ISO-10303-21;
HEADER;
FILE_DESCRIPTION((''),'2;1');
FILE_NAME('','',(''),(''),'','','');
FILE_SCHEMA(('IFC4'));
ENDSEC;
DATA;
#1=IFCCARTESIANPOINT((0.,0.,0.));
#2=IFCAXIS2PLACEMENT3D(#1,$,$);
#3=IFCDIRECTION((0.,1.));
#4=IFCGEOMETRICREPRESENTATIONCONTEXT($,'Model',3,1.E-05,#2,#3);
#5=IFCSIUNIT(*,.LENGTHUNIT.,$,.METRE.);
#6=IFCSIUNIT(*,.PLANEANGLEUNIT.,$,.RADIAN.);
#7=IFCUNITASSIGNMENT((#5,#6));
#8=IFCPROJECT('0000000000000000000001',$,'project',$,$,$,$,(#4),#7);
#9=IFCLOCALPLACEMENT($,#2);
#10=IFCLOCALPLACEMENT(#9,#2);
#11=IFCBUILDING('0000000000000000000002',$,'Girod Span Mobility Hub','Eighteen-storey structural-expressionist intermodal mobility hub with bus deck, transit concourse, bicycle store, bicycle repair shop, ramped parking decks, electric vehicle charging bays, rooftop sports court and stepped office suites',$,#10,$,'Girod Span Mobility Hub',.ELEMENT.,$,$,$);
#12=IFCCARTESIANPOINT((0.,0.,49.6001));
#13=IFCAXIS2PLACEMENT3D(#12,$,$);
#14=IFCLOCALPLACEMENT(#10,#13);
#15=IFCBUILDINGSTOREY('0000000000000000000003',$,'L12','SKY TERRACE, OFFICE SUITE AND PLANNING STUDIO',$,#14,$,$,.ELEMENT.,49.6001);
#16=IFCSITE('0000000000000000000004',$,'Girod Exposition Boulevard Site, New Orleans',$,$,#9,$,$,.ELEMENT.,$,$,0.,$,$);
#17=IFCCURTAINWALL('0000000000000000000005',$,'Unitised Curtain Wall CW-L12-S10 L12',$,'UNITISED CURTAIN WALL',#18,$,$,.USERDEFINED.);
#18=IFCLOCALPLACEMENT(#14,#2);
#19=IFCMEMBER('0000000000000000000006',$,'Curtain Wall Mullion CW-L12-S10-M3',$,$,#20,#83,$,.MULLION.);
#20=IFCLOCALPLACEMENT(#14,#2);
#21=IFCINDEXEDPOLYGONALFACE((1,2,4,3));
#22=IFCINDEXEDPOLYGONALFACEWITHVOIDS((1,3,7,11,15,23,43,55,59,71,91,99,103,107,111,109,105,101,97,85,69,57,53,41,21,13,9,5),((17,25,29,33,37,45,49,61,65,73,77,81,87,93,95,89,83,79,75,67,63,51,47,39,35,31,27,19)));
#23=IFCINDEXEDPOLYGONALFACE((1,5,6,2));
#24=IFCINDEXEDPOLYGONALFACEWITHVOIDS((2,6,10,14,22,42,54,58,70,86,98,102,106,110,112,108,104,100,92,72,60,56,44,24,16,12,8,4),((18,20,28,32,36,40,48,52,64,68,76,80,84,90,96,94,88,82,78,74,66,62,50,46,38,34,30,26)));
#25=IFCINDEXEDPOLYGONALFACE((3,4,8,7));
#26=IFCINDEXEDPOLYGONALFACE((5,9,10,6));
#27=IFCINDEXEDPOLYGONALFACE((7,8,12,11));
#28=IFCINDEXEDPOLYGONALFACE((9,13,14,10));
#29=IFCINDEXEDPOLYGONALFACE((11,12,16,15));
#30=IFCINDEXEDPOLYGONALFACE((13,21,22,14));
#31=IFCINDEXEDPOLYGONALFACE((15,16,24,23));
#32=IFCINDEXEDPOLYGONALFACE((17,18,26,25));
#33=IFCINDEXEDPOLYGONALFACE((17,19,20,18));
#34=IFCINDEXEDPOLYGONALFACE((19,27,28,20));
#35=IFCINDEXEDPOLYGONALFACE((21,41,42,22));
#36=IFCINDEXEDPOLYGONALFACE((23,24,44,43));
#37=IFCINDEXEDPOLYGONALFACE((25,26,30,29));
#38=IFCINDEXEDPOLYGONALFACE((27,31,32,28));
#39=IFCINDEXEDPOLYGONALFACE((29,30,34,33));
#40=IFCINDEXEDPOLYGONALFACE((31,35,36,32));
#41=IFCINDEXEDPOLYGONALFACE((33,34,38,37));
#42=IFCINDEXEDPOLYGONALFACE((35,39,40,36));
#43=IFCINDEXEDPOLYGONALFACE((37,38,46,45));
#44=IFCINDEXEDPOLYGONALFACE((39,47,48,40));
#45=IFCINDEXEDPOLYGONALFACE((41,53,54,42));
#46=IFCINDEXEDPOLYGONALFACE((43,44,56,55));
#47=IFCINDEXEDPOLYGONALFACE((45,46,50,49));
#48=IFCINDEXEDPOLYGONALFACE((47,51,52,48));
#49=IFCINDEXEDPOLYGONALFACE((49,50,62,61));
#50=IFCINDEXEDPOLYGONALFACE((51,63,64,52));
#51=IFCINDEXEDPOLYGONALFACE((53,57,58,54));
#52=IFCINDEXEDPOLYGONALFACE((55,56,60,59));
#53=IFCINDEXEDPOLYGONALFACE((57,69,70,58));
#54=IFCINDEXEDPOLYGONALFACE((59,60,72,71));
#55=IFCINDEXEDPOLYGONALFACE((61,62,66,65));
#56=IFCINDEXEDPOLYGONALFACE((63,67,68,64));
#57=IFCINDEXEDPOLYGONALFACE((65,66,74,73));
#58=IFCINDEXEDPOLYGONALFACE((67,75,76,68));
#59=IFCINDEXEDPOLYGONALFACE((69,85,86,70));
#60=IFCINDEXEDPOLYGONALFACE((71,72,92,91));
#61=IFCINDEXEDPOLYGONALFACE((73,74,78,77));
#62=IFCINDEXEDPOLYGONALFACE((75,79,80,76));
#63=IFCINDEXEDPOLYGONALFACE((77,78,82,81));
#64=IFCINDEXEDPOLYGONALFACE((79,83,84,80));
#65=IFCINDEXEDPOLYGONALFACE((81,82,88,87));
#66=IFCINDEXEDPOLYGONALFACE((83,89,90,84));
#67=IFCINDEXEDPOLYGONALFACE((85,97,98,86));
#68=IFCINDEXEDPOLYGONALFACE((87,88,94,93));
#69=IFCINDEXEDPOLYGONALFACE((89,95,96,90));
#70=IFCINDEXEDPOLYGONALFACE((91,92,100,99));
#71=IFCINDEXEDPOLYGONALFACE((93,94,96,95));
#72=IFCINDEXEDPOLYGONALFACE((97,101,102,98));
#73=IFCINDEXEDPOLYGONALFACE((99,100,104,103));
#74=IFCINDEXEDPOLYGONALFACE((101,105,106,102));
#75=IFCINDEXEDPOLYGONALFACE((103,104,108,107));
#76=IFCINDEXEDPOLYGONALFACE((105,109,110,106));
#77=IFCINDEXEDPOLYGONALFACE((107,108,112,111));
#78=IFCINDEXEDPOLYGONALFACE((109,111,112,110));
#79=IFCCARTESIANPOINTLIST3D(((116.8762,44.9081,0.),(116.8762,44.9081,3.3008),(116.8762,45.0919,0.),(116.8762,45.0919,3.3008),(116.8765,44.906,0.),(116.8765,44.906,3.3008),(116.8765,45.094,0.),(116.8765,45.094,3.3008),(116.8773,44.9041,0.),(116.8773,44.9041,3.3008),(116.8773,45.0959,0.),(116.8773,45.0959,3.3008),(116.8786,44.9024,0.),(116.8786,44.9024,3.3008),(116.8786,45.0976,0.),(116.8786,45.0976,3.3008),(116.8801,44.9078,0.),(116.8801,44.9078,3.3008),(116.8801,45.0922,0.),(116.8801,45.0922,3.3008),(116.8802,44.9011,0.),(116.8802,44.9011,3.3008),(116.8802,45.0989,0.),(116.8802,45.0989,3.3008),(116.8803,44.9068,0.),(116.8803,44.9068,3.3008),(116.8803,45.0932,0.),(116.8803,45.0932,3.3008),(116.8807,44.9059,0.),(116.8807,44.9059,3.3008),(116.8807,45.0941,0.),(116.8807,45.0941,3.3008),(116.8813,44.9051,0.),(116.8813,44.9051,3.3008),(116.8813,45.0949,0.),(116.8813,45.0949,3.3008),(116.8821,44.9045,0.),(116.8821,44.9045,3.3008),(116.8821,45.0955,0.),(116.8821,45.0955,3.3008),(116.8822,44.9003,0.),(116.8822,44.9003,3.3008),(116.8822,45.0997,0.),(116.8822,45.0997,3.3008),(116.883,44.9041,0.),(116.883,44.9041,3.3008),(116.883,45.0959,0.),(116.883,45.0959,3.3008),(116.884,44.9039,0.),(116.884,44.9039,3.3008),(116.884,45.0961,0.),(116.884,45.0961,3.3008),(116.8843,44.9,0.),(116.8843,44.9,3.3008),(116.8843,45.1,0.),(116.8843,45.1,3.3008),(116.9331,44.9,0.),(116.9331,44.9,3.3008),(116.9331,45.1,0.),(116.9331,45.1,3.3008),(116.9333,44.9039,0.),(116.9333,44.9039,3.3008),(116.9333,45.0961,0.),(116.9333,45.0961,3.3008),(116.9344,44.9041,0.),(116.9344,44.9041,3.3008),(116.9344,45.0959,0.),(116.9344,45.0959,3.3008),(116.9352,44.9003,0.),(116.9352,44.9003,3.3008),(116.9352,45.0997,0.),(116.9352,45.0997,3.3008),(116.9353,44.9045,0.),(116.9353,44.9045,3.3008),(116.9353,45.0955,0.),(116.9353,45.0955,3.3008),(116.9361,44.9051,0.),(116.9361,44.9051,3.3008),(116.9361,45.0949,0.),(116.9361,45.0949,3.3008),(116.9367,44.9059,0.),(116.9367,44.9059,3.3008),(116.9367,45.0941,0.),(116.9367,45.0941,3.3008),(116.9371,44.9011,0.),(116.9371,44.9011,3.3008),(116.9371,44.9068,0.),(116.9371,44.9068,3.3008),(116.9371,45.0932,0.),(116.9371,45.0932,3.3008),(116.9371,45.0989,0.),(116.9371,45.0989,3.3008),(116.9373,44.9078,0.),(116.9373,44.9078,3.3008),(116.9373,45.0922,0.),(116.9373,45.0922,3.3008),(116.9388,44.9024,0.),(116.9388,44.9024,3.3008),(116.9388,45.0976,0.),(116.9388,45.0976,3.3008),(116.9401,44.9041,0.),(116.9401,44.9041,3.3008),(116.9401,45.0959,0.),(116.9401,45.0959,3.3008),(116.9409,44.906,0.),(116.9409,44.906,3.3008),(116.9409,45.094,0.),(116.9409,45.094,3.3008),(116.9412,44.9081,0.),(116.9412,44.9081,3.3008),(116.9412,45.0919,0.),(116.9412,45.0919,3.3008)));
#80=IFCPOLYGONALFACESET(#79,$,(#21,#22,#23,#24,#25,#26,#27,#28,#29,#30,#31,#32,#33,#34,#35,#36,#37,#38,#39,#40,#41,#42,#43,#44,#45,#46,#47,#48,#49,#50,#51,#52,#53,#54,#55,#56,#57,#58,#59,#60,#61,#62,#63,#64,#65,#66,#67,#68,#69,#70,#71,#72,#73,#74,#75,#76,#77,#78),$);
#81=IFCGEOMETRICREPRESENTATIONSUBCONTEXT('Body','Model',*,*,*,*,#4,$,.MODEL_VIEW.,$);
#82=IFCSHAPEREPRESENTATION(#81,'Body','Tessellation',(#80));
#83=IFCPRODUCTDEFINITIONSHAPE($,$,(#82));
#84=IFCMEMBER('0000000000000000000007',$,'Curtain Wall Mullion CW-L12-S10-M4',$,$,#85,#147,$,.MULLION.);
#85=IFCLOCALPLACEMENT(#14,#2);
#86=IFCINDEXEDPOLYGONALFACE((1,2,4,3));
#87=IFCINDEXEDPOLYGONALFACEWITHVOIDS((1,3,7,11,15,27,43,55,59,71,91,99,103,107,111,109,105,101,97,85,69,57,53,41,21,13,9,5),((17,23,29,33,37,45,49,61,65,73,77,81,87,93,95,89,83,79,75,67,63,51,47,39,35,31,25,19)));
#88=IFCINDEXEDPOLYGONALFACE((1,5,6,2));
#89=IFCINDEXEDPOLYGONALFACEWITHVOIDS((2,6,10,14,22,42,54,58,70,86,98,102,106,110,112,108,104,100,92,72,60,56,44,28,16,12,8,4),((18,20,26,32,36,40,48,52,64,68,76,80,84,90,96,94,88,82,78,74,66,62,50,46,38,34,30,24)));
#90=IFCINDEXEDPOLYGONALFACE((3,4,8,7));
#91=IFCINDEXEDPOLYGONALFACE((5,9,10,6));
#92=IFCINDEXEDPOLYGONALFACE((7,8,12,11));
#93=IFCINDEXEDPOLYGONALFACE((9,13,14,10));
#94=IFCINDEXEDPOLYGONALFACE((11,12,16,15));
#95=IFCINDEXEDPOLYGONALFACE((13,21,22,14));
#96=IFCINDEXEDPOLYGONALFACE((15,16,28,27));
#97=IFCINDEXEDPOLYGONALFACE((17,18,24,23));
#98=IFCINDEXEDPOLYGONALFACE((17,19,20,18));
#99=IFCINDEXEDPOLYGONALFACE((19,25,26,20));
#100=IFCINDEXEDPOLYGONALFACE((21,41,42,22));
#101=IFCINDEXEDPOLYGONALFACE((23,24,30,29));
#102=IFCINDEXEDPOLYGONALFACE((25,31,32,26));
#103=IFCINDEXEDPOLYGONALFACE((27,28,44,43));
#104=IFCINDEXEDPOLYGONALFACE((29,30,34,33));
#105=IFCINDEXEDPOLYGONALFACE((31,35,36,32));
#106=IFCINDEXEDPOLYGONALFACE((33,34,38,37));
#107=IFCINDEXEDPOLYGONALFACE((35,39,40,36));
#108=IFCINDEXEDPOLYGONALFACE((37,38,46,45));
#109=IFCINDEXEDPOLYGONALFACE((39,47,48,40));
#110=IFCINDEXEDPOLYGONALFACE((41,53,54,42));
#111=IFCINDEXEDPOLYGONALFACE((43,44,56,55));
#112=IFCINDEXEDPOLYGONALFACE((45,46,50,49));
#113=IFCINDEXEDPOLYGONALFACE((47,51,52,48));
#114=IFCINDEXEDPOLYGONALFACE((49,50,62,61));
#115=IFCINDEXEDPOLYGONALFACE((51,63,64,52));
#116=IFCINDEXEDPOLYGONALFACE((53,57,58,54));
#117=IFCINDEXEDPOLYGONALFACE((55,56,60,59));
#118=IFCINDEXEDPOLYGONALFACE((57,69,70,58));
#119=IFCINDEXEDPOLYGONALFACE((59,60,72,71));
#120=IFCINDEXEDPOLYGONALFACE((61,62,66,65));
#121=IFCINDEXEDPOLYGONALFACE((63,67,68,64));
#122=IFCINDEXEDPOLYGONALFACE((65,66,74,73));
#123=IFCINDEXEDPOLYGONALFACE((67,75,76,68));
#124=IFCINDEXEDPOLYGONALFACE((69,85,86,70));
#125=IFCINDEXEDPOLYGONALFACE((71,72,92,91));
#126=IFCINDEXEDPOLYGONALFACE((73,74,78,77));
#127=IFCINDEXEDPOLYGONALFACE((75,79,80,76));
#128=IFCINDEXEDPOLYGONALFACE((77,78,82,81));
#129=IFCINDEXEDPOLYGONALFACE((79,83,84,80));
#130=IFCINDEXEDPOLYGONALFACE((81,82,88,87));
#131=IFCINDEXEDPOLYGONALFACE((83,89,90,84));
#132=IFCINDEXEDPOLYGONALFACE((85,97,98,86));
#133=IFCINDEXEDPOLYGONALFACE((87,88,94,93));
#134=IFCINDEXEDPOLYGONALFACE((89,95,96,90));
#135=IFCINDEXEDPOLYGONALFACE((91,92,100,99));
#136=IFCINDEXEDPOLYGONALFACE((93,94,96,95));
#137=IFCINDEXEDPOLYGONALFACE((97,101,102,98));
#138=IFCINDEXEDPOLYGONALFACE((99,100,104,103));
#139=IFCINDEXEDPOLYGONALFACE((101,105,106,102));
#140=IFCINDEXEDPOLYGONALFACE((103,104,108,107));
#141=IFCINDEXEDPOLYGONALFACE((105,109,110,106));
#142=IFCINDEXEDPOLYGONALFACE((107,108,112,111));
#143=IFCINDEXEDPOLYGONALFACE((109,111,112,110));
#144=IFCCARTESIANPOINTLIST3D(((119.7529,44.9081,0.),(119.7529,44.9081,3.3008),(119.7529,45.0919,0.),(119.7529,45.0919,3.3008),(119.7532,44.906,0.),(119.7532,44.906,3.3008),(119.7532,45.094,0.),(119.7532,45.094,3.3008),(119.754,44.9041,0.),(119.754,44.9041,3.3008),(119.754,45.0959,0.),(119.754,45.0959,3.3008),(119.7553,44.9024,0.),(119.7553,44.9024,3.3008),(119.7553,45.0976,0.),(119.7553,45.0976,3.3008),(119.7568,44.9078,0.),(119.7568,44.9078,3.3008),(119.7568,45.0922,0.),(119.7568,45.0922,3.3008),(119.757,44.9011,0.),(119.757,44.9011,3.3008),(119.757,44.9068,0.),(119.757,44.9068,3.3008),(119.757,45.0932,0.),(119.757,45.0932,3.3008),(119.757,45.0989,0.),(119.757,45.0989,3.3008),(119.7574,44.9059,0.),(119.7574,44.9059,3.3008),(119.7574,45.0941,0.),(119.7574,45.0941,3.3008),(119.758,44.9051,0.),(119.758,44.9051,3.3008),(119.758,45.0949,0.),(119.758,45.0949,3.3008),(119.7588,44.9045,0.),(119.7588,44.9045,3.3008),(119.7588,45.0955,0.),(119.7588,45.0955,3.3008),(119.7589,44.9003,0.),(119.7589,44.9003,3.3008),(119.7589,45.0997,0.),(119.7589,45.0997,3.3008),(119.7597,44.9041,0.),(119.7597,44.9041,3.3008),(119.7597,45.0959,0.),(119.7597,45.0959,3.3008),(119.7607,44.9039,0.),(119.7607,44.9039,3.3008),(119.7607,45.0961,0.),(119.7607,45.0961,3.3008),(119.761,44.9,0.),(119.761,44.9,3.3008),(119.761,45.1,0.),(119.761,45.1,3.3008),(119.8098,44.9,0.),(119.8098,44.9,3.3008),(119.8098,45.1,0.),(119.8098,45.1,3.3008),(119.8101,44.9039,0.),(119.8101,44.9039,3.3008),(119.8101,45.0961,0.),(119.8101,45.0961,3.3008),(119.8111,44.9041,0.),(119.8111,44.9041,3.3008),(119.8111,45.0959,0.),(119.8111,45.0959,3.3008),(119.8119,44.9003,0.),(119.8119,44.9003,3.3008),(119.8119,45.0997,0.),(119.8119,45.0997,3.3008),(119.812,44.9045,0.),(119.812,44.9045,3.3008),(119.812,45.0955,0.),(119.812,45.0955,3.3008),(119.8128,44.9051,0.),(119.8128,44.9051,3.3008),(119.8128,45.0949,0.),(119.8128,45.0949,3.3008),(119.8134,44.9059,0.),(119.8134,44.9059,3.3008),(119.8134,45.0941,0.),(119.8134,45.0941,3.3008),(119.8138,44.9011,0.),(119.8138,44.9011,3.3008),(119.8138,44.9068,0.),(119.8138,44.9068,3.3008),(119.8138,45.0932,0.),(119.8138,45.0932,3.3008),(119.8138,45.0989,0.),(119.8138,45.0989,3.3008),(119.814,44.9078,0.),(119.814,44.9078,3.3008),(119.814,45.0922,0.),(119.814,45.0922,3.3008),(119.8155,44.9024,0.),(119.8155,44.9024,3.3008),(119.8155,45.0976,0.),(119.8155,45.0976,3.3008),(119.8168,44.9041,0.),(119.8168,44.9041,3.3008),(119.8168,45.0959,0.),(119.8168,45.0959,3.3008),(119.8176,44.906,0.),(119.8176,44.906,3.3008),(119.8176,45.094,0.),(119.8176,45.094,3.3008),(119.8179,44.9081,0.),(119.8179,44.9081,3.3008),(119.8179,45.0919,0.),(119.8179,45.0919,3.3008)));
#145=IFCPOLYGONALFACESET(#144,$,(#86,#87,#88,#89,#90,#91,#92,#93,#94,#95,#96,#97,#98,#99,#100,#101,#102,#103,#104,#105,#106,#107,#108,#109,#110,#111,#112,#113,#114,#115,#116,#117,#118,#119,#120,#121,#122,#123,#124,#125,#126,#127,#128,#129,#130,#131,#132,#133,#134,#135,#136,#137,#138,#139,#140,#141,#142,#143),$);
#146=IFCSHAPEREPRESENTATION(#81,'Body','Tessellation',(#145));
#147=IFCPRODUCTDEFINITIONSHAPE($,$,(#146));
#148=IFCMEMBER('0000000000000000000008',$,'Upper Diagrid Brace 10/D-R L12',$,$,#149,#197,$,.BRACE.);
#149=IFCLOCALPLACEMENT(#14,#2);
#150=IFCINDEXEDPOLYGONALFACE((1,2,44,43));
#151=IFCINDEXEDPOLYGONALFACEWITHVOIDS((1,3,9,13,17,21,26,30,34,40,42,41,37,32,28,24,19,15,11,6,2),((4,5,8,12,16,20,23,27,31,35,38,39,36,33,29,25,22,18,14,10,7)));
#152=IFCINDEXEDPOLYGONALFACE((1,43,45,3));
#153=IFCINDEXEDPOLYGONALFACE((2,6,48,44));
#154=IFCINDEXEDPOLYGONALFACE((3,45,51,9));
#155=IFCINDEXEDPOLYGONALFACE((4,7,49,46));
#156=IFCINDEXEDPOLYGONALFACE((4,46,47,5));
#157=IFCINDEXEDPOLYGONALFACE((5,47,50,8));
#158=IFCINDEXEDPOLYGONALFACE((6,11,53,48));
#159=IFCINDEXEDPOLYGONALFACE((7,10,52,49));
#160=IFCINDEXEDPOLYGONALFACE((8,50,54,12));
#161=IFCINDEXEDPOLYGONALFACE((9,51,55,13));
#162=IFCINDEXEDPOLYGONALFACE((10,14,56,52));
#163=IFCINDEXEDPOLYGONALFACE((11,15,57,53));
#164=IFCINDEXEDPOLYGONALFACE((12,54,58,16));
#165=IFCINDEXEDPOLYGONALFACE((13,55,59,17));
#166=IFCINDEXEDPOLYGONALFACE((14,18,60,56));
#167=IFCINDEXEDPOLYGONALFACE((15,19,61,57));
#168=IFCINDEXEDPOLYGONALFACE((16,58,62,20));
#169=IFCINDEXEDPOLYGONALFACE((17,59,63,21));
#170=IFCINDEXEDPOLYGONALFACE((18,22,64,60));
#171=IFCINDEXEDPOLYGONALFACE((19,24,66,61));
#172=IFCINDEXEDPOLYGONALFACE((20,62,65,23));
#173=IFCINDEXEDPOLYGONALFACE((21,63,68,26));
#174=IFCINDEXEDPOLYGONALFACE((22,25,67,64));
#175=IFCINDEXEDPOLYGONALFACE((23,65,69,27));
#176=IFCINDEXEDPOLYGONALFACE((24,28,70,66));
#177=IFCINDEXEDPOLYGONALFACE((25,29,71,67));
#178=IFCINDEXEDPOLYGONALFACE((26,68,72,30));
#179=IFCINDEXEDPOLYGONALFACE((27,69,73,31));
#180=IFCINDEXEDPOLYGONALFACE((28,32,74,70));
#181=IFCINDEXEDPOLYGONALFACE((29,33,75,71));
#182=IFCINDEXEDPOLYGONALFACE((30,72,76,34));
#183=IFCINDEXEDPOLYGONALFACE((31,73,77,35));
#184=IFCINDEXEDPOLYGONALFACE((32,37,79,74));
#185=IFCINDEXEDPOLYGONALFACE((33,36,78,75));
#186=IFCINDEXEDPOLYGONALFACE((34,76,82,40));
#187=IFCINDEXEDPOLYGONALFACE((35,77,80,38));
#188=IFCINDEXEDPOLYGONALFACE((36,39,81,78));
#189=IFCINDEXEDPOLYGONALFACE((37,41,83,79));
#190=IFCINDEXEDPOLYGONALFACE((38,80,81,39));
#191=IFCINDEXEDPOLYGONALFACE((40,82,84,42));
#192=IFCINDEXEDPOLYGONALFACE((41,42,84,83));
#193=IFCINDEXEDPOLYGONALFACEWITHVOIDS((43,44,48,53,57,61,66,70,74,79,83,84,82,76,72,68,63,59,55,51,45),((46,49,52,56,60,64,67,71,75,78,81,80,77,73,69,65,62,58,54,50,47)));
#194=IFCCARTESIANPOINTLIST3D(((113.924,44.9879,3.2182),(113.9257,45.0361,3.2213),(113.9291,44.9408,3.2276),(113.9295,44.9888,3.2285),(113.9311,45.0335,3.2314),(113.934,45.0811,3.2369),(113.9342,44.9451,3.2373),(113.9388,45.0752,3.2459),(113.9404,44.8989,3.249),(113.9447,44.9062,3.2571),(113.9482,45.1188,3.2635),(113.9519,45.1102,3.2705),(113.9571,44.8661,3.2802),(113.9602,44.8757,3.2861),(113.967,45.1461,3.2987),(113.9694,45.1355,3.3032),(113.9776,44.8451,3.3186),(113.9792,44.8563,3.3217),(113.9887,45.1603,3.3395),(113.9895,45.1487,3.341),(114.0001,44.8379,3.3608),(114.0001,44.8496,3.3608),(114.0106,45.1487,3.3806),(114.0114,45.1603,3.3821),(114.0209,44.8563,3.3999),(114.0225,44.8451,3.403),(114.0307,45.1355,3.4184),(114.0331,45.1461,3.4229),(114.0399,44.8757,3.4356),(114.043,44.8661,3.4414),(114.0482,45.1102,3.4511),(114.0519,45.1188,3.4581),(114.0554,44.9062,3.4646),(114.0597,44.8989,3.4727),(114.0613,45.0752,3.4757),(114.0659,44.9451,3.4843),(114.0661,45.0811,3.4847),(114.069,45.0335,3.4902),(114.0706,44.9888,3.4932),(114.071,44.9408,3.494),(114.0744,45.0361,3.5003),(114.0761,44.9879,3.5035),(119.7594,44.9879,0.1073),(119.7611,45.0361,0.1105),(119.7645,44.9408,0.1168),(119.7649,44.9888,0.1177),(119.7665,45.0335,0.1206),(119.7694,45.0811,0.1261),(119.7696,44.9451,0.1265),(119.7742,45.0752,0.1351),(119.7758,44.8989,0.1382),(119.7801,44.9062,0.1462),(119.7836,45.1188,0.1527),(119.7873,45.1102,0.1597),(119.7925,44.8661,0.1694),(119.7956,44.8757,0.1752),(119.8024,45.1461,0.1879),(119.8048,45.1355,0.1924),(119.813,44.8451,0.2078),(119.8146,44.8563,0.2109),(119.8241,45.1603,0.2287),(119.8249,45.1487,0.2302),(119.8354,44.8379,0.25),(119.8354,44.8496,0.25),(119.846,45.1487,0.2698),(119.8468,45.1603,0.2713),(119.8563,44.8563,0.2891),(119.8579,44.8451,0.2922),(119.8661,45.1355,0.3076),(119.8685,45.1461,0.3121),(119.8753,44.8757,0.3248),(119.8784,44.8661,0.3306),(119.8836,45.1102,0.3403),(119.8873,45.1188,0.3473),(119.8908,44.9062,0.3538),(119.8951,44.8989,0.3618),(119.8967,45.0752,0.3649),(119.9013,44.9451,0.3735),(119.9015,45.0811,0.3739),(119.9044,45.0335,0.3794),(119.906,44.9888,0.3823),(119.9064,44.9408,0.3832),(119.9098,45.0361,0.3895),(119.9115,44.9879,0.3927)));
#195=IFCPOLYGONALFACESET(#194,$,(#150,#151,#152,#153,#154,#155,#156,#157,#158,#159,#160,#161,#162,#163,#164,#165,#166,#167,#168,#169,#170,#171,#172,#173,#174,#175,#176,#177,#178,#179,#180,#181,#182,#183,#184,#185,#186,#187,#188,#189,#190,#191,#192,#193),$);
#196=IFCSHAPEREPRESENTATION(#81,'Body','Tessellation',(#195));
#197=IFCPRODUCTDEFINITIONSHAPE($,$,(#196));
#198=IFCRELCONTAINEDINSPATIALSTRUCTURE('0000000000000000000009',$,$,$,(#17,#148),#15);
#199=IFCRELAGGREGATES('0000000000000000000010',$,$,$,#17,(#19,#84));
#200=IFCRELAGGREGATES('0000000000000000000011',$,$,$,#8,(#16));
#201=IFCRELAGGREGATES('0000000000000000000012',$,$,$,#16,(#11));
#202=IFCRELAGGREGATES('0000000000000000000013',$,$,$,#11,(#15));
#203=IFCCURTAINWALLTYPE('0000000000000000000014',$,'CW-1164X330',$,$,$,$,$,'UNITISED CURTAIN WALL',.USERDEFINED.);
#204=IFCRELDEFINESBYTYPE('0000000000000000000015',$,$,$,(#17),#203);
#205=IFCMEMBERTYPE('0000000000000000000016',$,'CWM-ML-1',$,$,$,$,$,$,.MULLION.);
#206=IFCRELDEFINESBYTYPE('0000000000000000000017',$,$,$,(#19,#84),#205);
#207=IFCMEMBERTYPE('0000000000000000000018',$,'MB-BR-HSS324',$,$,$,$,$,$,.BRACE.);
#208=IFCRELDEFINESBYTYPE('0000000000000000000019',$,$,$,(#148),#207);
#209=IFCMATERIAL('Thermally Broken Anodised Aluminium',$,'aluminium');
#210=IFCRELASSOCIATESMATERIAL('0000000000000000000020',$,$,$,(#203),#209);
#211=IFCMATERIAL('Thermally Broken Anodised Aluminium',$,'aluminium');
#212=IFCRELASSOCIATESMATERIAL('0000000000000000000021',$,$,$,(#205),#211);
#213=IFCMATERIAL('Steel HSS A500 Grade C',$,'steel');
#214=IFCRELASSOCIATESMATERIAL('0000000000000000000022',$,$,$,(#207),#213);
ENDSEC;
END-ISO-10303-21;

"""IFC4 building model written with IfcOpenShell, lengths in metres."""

from ifc_helpers import new_model, si_unit, direction, frame, origin, origin_2d, place, context, subcontext, project, spatial, hollow_rectangle, hollow_circle, extrude, material, material_profile, profile_set, type_object, element, aggregate, save


model = new_model("IFC4")

# Units and contexts
model_context = context("Model", 3, precision=1e-05, world=origin(), true_north=direction((0.0, 1.0)))
body_context = subcontext(model_context, "Body", "Model", "MODEL_VIEW")
ifc_project = project(units=[si_unit("LENGTHUNIT", "METRE"), si_unit("PLANEANGLEUNIT", "RADIAN")], contexts=[model_context])

# Site, building, storey
site_placement = place(None, origin())
site = spatial("IfcSite", under=ifc_project, at=site_placement, Name="Girod Exposition Boulevard Site, New Orleans", CompositionType="ELEMENT", RefElevation=0.0)
building_placement = place(site_placement, origin())
building = spatial("IfcBuilding", under=site, at=building_placement, Name="Girod Span Mobility Hub", Description="Eighteen-storey structural-expressionist intermodal mobility hub with bus deck, transit concourse, bicycle store, bicycle repair shop, ramped parking decks, electric vehicle charging bays, rooftop sports court and stepped office suites", LongName="Girod Span Mobility Hub", CompositionType="ELEMENT")
storey_placement = place(building_placement, frame((0.0, 0.0, 49.6001)))
storey = spatial("IfcBuildingStorey", under=building, at=storey_placement, Name="L12", Description="SKY TERRACE, OFFICE SUITE AND PLANNING STUDIO", CompositionType="ELEMENT", Elevation=49.6001)

# Curtain wall, members
ifc_material_1 = material(Name="Thermally Broken Anodised Aluminium", Category="aluminium")
curtain_wall_type = type_object("IfcCurtainWallType", Name="CW-1164X330", ElementType="UNITISED CURTAIN WALL", PredefinedType="USERDEFINED", material=ifc_material_1)
curtain_wall_placement = place(storey_placement, origin())
curtain_wall = element("IfcCurtainWall", 1, at=curtain_wall_placement, inside=storey, type_object=curtain_wall_type, Name="Unitised Curtain Wall CW-L12-S10 L12", ObjectType="UNITISED CURTAIN WALL", PredefinedType="USERDEFINED")
ifc_material_2 = material(Name="Thermally Broken Anodised Aluminium", Category="aluminium")
ifc_material_profile_1 = material_profile(ifc_material_2, hollow_rectangle(XDim=0.2, YDim=0.0649, WallThickness=0.0039, InnerFilletRadius=0.0039, OuterFilletRadius=0.0081, at=origin_2d()), Name="CW-ML-65X200")
ifc_profile_set_1 = profile_set([ifc_material_profile_1], Name="Thermally Broken Anodised Aluminium")
member_type_1 = type_object("IfcMemberType", Name="CWM-ML-1", PredefinedType="MULLION", material=ifc_profile_set_1)
member_1_placement = place(storey_placement, frame((116.9087, 45.0, 0.0), z_axis=(0.0, 0.0, 1.0), x_axis=(0.0, 1.0, 0.0)))
member_1 = element("IfcMember", 2, at=member_1_placement, type_object=member_type_1, Name="Curtain Wall Mullion CW-L12-S10-M3", PredefinedType="MULLION", context=body_context, shape_type="SweptSolid", body=[
    extrude(hollow_rectangle(XDim=0.2, YDim=0.0649, WallThickness=0.0039, InnerFilletRadius=0.0039, OuterFilletRadius=0.0081, at=origin_2d()), origin(), (0.0, 0.0, 1.0), 3.3008),
])
member_2_placement = place(storey_placement, frame((119.7854, 45.0, 0.0), z_axis=(0.0, 0.0, 1.0), x_axis=(0.0, 1.0, 0.0)))
member_2 = element("IfcMember", 3, at=member_2_placement, type_object=member_type_1, Name="Curtain Wall Mullion CW-L12-S10-M4", PredefinedType="MULLION", context=body_context, shape_type="SweptSolid", body=[
    extrude(hollow_rectangle(XDim=0.2, YDim=0.0649, WallThickness=0.0039, InnerFilletRadius=0.0039, OuterFilletRadius=0.0081, at=origin_2d()), origin(), (0.0, 0.0, 1.0), 3.3008),
])

# Member
ifc_material_3 = material(Name="Steel HSS A500 Grade C", Category="steel")
ifc_material_profile_2 = material_profile(ifc_material_3, hollow_circle(Radius=0.1621, WallThickness=0.0117, at=origin_2d()), Name="HSS324X12.7")
ifc_profile_set_2 = profile_set([ifc_material_profile_2], Name="Steel HSS A500 Grade C")
member_type_2 = type_object("IfcMemberType", Name="MB-BR-HSS324", PredefinedType="BRACE", material=ifc_profile_set_2)
member_3_placement = place(storey_placement, frame((119.8354, 45.0, 0.25), z_axis=(-0.882441, 0.0, 0.470423), x_axis=(0.0, -1.0, 0.0)))
element("IfcMember", 4, at=member_3_placement, inside=storey, type_object=member_type_2, Name="Upper Diagrid Brace 10/D-R L12", PredefinedType="BRACE", context=body_context, shape_type="SweptSolid", body=[
    extrude(hollow_circle(Radius=0.1621, WallThickness=0.0117, at=origin_2d()), origin(), (0.0, 0.0, 1.0), 6.6128),
])

aggregate(curtain_wall, [member_1, member_2])

save(model, "model.ifc")
